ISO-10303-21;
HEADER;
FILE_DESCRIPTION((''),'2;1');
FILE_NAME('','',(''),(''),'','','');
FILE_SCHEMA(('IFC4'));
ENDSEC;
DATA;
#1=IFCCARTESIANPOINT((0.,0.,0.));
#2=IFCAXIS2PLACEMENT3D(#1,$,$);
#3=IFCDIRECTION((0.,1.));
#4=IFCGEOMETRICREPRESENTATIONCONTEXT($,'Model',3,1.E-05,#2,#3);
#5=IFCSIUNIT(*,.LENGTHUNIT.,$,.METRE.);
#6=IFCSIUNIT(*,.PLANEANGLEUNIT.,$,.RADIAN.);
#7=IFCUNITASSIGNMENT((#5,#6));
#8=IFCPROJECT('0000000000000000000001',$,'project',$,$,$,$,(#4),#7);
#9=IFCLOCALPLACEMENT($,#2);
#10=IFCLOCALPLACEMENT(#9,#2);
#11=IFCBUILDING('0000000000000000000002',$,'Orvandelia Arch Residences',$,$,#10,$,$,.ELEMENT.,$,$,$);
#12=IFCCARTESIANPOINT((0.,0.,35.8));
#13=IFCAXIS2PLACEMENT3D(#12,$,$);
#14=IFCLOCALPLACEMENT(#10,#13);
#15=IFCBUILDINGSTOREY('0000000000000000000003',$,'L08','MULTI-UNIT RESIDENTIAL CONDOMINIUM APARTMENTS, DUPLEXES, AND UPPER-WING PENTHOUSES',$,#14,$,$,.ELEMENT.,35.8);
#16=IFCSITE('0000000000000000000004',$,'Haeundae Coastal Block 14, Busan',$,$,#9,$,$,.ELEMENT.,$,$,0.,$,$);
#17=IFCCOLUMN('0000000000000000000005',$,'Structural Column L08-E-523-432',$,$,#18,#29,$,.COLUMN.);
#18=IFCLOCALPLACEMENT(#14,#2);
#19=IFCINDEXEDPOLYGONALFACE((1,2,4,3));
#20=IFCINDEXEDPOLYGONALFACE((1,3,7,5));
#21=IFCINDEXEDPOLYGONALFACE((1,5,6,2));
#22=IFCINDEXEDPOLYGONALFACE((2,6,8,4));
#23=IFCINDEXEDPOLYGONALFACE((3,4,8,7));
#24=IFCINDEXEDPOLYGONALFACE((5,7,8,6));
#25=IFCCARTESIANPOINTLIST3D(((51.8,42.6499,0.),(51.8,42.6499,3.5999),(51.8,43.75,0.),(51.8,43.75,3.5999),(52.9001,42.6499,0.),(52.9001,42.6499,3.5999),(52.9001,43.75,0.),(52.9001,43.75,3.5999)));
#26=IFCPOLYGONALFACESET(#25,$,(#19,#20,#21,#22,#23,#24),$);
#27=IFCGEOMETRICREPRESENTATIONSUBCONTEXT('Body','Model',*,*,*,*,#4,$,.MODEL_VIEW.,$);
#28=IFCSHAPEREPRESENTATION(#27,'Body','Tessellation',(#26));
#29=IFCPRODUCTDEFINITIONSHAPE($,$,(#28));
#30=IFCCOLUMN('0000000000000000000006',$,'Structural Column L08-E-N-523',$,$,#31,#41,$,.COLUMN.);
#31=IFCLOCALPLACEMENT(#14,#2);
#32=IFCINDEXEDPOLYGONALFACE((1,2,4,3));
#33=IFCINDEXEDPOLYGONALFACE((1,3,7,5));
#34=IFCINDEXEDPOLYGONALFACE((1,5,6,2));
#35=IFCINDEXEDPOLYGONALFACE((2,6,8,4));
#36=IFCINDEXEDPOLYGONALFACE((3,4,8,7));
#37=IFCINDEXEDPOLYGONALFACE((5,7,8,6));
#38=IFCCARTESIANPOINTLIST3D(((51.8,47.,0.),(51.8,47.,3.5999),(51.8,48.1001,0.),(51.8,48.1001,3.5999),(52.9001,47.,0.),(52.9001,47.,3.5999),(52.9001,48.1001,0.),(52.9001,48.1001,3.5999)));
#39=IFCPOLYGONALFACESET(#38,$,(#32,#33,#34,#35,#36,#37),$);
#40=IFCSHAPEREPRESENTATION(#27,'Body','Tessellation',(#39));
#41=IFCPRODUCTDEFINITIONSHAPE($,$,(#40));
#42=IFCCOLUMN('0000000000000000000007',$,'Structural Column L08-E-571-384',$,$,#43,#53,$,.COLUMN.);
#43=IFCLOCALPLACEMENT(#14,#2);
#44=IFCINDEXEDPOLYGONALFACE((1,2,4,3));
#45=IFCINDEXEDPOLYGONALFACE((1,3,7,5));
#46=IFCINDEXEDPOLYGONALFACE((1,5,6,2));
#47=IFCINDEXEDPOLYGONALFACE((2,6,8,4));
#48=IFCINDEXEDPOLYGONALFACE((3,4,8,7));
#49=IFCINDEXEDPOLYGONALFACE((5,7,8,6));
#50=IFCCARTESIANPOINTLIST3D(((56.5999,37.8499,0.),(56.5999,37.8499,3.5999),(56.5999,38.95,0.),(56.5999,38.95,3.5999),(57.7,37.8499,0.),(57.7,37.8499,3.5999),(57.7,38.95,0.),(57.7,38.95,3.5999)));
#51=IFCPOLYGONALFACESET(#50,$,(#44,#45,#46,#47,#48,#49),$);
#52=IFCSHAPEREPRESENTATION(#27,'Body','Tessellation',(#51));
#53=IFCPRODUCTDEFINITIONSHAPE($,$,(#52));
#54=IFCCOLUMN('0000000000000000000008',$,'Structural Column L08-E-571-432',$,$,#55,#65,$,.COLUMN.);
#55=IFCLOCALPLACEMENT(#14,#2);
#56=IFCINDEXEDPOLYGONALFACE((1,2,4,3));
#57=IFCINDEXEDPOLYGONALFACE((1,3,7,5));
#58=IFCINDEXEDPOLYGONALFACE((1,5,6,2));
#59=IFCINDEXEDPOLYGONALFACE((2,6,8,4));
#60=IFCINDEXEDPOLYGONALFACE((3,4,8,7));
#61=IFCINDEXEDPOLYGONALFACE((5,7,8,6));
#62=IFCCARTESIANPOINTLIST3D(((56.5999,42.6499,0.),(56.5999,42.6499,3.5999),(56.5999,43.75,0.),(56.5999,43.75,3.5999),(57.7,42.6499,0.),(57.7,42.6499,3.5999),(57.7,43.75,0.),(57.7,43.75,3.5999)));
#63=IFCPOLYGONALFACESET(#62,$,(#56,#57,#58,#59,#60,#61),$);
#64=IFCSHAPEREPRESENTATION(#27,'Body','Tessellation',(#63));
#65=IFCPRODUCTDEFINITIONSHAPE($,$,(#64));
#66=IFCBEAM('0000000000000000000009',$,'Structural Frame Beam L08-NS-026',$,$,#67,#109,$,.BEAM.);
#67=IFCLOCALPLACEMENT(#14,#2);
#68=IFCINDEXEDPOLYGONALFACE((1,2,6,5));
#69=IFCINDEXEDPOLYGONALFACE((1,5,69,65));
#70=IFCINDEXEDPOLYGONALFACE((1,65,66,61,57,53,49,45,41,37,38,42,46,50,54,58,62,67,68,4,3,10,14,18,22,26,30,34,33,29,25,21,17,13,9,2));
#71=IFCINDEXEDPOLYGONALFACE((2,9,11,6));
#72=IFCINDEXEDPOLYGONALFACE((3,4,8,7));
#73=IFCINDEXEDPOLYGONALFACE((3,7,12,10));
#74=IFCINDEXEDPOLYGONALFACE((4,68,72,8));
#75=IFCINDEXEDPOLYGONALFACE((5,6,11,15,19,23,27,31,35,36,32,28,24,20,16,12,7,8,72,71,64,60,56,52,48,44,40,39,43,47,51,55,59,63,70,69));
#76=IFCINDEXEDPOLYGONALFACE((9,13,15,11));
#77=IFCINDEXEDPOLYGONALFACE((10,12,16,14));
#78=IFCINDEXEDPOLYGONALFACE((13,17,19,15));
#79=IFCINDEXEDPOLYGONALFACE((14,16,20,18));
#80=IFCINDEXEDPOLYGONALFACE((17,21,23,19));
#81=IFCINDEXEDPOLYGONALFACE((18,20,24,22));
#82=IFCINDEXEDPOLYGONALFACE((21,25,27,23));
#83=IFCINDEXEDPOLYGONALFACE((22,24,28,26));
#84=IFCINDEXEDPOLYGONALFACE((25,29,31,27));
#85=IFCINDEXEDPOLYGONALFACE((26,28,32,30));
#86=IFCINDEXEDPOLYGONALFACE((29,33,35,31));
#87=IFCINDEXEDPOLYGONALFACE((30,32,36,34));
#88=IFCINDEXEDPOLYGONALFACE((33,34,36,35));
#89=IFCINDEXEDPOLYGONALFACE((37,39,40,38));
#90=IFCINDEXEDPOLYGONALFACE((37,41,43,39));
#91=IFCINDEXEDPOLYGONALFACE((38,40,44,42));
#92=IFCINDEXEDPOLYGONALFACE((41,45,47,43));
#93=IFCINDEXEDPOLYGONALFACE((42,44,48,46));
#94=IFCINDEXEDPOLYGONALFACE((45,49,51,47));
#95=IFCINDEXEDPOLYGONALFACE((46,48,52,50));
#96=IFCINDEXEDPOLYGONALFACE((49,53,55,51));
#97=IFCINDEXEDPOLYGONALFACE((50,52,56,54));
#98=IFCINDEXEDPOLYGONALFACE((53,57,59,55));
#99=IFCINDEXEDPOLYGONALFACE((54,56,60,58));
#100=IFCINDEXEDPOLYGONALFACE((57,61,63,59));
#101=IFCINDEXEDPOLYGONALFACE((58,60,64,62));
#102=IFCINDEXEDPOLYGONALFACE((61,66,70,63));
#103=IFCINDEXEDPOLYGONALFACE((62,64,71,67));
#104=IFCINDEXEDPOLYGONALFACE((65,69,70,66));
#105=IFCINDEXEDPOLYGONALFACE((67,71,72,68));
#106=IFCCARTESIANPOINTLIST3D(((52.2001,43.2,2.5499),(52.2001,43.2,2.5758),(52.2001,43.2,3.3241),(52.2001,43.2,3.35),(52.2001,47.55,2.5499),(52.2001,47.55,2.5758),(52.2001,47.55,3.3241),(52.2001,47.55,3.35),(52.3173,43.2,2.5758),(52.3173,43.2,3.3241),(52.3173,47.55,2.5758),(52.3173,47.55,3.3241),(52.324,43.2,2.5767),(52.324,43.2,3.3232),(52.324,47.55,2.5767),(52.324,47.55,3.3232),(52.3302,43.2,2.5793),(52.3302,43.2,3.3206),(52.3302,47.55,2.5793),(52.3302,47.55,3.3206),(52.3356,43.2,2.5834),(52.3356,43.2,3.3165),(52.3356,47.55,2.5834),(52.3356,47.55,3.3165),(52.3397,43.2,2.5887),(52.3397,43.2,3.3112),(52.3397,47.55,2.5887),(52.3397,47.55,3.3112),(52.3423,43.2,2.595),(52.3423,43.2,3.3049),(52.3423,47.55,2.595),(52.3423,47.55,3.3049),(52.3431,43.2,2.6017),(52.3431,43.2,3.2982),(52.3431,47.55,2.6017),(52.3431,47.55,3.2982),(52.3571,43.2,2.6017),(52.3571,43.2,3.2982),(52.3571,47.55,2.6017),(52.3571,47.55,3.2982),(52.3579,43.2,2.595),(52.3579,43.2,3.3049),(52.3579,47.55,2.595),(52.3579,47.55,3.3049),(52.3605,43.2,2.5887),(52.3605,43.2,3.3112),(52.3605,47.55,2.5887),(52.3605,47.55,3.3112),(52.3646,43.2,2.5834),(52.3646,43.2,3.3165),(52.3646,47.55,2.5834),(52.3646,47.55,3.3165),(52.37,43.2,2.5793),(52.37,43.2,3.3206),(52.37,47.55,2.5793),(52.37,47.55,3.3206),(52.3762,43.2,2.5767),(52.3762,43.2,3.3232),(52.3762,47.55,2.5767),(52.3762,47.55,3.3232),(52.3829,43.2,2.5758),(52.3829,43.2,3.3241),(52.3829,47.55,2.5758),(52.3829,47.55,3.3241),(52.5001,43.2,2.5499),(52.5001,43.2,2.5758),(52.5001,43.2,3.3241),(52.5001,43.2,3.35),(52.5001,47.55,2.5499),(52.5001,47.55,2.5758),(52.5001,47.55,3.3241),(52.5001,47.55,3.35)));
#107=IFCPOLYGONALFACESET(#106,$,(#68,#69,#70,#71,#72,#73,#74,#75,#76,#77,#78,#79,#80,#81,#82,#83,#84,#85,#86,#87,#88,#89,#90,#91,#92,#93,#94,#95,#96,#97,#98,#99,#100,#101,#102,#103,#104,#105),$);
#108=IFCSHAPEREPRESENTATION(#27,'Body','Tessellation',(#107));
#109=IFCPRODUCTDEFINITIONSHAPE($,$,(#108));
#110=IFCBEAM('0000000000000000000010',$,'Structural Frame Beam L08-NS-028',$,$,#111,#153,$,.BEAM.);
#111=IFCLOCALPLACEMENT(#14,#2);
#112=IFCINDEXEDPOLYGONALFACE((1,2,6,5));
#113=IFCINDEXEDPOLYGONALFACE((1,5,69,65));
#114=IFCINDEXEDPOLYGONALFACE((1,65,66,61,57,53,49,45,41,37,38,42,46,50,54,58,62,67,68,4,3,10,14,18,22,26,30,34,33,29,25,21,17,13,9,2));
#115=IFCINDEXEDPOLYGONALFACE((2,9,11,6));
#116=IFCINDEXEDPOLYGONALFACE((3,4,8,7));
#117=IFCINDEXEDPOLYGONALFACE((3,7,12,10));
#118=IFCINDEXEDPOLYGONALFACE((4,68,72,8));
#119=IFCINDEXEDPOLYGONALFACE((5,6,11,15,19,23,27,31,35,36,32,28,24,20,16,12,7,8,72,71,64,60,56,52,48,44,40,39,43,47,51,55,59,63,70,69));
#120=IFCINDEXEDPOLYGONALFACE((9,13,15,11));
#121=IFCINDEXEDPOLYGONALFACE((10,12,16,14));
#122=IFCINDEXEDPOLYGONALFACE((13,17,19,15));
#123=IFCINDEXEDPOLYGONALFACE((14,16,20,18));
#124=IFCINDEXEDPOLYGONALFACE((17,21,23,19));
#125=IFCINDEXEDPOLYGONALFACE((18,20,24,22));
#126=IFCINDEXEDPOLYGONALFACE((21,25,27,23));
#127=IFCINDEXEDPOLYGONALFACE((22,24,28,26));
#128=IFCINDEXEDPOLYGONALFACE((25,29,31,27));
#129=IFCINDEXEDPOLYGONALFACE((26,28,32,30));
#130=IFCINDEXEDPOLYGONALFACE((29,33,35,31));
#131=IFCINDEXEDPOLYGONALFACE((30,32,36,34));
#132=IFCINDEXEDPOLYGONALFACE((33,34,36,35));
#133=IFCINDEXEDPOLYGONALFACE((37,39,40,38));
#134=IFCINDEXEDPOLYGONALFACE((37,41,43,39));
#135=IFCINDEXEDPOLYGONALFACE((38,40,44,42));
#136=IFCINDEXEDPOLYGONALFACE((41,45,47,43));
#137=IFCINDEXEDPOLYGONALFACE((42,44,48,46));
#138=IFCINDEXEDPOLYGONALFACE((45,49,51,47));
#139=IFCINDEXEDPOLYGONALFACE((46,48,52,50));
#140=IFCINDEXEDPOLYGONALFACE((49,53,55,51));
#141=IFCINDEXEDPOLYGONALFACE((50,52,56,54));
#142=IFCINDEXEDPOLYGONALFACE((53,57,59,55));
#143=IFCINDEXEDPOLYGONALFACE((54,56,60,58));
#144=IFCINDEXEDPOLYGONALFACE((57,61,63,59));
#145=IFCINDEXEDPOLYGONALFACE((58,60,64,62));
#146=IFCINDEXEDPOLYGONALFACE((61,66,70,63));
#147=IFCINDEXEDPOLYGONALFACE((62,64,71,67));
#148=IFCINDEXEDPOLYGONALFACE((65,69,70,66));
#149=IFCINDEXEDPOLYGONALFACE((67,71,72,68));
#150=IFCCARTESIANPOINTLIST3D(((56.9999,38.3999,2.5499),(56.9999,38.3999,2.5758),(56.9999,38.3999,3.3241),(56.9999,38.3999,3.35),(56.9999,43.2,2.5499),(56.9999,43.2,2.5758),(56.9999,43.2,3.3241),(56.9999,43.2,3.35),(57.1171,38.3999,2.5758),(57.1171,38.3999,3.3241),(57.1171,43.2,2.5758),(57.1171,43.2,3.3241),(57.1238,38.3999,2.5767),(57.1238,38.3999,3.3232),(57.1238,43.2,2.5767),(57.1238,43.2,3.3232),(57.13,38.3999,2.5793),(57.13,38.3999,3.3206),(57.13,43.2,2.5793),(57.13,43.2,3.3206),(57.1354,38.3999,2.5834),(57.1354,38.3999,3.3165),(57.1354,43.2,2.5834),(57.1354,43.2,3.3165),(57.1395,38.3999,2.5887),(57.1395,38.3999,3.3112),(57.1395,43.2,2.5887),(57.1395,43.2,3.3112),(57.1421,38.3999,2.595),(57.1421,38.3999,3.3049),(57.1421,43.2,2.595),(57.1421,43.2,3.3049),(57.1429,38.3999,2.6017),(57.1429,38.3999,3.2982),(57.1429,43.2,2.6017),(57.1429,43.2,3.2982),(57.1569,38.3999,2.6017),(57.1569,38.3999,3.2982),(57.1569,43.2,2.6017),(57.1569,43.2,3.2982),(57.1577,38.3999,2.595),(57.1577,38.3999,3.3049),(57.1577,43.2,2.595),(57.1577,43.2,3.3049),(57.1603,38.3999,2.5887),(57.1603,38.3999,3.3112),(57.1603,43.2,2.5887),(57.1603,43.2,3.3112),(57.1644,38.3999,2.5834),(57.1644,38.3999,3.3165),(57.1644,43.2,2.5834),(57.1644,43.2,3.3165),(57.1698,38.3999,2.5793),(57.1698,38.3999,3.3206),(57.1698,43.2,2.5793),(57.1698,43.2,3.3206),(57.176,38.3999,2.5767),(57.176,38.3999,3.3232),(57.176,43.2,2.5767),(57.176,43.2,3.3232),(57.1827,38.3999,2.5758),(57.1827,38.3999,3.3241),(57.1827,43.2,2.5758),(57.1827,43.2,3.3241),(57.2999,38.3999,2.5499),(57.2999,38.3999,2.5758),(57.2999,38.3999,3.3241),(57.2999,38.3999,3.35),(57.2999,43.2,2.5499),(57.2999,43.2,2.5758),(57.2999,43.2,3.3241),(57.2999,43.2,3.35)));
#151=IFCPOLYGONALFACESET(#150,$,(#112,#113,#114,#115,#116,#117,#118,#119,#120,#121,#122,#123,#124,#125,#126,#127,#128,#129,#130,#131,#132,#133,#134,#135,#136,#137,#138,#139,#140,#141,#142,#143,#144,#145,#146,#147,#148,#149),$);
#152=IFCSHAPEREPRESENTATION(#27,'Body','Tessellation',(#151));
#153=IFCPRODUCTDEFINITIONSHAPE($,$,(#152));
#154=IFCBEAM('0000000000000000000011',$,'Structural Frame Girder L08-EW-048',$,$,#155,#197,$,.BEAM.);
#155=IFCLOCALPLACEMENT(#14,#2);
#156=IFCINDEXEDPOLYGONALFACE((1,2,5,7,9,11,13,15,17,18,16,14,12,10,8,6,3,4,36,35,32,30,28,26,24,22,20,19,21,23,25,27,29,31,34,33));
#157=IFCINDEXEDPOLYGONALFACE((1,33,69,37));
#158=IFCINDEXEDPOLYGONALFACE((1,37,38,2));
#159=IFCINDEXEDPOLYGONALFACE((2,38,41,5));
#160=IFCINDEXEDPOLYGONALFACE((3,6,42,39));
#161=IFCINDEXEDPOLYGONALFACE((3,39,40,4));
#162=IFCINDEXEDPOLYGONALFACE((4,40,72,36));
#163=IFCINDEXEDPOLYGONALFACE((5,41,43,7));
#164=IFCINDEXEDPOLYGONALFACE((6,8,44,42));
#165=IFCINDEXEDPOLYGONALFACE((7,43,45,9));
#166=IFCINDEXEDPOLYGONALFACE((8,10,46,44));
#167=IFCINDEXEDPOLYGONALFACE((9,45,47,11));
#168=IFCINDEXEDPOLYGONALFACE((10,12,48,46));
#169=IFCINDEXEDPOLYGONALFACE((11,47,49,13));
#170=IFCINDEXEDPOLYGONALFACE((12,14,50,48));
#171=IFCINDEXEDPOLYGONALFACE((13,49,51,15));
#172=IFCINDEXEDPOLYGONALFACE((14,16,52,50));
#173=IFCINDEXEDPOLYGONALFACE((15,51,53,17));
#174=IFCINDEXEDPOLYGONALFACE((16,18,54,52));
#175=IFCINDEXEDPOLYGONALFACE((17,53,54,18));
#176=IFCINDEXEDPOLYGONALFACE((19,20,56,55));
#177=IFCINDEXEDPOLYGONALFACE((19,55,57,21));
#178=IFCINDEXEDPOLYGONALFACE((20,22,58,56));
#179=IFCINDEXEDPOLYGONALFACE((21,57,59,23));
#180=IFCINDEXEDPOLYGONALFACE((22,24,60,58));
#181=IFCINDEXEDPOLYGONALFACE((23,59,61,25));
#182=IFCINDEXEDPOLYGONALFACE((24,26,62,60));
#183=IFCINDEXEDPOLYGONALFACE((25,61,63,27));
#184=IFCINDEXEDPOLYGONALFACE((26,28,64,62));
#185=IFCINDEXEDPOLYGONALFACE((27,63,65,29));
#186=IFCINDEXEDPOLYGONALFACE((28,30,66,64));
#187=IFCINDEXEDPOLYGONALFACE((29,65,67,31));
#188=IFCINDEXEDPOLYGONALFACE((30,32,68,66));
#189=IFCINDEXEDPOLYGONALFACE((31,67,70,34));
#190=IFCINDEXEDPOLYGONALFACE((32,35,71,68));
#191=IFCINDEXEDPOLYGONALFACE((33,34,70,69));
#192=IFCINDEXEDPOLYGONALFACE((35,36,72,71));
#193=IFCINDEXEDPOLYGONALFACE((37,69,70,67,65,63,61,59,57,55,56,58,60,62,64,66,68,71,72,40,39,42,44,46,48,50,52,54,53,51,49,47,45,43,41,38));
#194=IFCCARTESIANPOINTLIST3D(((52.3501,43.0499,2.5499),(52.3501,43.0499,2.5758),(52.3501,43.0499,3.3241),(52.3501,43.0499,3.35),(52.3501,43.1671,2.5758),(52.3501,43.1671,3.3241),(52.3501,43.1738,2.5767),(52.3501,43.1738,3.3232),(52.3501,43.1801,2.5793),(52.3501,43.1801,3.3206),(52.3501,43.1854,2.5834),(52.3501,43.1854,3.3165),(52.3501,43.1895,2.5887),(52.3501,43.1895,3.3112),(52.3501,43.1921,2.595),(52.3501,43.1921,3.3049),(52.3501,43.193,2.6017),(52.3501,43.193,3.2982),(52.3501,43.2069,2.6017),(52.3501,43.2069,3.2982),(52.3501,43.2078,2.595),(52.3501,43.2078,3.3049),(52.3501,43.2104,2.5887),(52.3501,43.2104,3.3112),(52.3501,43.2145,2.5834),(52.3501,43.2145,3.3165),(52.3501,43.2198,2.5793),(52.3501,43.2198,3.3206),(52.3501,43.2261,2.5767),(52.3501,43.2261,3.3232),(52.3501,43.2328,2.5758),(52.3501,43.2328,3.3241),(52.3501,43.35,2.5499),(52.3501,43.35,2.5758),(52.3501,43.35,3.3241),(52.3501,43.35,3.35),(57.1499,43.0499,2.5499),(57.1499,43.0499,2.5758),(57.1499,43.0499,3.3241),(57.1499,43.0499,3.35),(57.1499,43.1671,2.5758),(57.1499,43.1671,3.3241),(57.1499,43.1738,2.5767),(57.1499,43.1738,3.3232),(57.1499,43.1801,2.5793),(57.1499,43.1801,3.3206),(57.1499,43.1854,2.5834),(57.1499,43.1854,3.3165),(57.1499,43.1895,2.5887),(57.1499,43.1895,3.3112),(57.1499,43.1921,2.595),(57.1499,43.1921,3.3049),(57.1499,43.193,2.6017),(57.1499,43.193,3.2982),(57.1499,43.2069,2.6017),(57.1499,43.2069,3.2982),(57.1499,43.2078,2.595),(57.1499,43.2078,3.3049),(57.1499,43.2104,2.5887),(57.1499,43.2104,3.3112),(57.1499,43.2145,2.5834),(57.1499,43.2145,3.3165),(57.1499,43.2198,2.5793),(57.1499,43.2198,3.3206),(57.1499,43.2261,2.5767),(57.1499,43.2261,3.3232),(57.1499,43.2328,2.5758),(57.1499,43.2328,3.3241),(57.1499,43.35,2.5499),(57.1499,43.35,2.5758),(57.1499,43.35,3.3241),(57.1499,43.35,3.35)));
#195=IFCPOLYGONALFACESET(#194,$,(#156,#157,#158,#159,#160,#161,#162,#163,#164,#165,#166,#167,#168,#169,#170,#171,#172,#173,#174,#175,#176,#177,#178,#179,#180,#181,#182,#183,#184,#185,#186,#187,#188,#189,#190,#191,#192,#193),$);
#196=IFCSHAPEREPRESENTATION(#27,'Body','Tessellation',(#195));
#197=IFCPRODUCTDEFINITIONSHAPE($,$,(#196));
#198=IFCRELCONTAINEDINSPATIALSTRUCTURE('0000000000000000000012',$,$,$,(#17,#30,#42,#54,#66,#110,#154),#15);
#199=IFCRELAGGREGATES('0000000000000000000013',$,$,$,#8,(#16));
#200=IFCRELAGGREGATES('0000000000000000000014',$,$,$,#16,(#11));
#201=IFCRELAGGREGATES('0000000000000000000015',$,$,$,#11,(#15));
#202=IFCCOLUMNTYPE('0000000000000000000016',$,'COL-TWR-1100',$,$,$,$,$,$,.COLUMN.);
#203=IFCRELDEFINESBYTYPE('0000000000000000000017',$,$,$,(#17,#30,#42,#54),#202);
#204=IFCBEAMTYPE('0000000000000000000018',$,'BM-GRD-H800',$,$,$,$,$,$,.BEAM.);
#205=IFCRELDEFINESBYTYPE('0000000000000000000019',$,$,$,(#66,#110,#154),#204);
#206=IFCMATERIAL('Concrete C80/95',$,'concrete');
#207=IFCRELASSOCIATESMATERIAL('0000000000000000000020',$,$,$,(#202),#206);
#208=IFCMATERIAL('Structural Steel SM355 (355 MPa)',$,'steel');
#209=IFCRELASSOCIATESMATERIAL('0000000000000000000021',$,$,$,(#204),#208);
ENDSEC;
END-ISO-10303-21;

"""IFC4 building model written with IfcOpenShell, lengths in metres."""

from ifc_helpers import new_model, si_unit, direction, frame, origin, origin_2d, place, context, subcontext, project, spatial, rectangle, i_section, extrude, material, material_profile, profile_set, type_object, element, save


model = new_model("IFC4")

# Units and contexts
model_context = context("Model", 3, precision=1e-05, world=origin(), true_north=direction((0.0, 1.0)))
body_context = subcontext(model_context, "Body", "Model", "MODEL_VIEW")
ifc_project = project(units=[si_unit("LENGTHUNIT", "METRE"), si_unit("PLANEANGLEUNIT", "RADIAN")], contexts=[model_context])

# Site, building, storey
site_placement = place(None, origin())
site = spatial("IfcSite", under=ifc_project, at=site_placement, Name="Haeundae Coastal Block 14, Busan", CompositionType="ELEMENT", RefElevation=0.0)
building_placement = place(site_placement, origin())
building = spatial("IfcBuilding", under=site, at=building_placement, Name="Orvandelia Arch Residences", CompositionType="ELEMENT")
storey_placement = place(building_placement, frame((0.0, 0.0, 35.8)))
storey = spatial("IfcBuildingStorey", under=building, at=storey_placement, Name="L08", Description="MULTI-UNIT RESIDENTIAL CONDOMINIUM APARTMENTS, DUPLEXES, AND UPPER-WING PENTHOUSES", CompositionType="ELEMENT", Elevation=35.8)

# Columns
ifc_material_1 = material(Name="Concrete C80/95", Category="concrete")
ifc_material_profile_1 = material_profile(ifc_material_1, rectangle(XDim=1.1001, YDim=1.1001, at=origin_2d()), Name="Concrete C80/95", Category="concrete")
ifc_profile_set_1 = profile_set([ifc_material_profile_1], Name="Concrete C80/95")
column_type = type_object("IfcColumnType", Name="COL-TWR-1100", PredefinedType="COLUMN", material=ifc_profile_set_1)
for number, where, z_axis, x_axis, name in (
    (1, (52.3501, 43.2, 0.0), (0.0, 0.0, 1.0), (1.0, 0.0, 0.0), "Structural Column L08-E-523-432"),
    (2, (52.3501, 47.55, 0.0), (0.0, 0.0, 1.0), (1.0, 0.0, 0.0), "Structural Column L08-E-N-523"),
    (3, (57.1499, 38.3999, 0.0), (0.0, 0.0, 1.0), (1.0, 0.0, 0.0), "Structural Column L08-E-571-384"),
    (4, (57.1499, 43.2, 0.0), (0.0, 0.0, 1.0), (1.0, 0.0, 0.0), "Structural Column L08-E-571-432"),
):
    element("IfcColumn", number, at=place(storey_placement, frame(where, z_axis=z_axis, x_axis=x_axis)), inside=storey, type_object=column_type, Name=name, PredefinedType="COLUMN", context=body_context, shape_type="SweptSolid", body=[
        extrude(rectangle(XDim=1.1001, YDim=1.1001, at=origin_2d()), origin(), (0.0, 0.0, 1.0), 3.5999),
    ])

# Beams
ifc_material_2 = material(Name="Structural Steel SM355 (355 MPa)", Category="steel")
ifc_material_profile_2 = material_profile(ifc_material_2, i_section(OverallWidth=0.3, OverallDepth=0.8, WebThickness=0.0139, FlangeThickness=0.0259, FilletRadius=0.0259, at=origin_2d()), Name="Structural Steel SM355 (355 MPa)", Category="steel")
ifc_profile_set_2 = profile_set([ifc_material_profile_2], Name="Structural Steel SM355 (355 MPa)")
beam_type = type_object("IfcBeamType", Name="BM-GRD-H800", PredefinedType="BEAM", material=ifc_profile_set_2)
beam_1_placement = place(storey_placement, frame((52.3501, 43.2, 2.95), z_axis=(0.0, 1.0, 0.0), x_axis=(-1.0, 0.0, 0.0)))
element("IfcBeam", 5, at=beam_1_placement, inside=storey, type_object=beam_type, Name="Structural Frame Beam L08-NS-026", PredefinedType="BEAM", context=body_context, shape_type="SweptSolid", body=[
    extrude(i_section(OverallWidth=0.3, OverallDepth=0.8, WebThickness=0.0139, FlangeThickness=0.0259, FilletRadius=0.0259, at=origin_2d()), origin(), (0.0, 0.0, 1.0), 4.3501),
])
beam_2_placement = place(storey_placement, frame((57.1499, 38.3999, 2.95), z_axis=(0.0, 1.0, 0.0), x_axis=(-1.0, 0.0, 0.0)))
element("IfcBeam", 6, at=beam_2_placement, inside=storey, type_object=beam_type, Name="Structural Frame Beam L08-NS-028", PredefinedType="BEAM", context=body_context, shape_type="SweptSolid", body=[
    extrude(i_section(OverallWidth=0.3, OverallDepth=0.8, WebThickness=0.0139, FlangeThickness=0.0259, FilletRadius=0.0259, at=origin_2d()), origin(), (0.0, 0.0, 1.0), 4.8),
])
beam_3_placement = place(storey_placement, frame((52.3501, 43.2, 2.95), z_axis=(1.0, 0.0, 0.0), x_axis=(0.0, 1.0, 0.0)))
element("IfcBeam", 7, at=beam_3_placement, inside=storey, type_object=beam_type, Name="Structural Frame Girder L08-EW-048", PredefinedType="BEAM", context=body_context, shape_type="SweptSolid", body=[
    extrude(i_section(OverallWidth=0.3, OverallDepth=0.8, WebThickness=0.0139, FlangeThickness=0.0259, FilletRadius=0.0259, at=origin_2d()), origin(), (0.0, 0.0, 1.0), 4.7998),
])

save(model, "model.ifc")
